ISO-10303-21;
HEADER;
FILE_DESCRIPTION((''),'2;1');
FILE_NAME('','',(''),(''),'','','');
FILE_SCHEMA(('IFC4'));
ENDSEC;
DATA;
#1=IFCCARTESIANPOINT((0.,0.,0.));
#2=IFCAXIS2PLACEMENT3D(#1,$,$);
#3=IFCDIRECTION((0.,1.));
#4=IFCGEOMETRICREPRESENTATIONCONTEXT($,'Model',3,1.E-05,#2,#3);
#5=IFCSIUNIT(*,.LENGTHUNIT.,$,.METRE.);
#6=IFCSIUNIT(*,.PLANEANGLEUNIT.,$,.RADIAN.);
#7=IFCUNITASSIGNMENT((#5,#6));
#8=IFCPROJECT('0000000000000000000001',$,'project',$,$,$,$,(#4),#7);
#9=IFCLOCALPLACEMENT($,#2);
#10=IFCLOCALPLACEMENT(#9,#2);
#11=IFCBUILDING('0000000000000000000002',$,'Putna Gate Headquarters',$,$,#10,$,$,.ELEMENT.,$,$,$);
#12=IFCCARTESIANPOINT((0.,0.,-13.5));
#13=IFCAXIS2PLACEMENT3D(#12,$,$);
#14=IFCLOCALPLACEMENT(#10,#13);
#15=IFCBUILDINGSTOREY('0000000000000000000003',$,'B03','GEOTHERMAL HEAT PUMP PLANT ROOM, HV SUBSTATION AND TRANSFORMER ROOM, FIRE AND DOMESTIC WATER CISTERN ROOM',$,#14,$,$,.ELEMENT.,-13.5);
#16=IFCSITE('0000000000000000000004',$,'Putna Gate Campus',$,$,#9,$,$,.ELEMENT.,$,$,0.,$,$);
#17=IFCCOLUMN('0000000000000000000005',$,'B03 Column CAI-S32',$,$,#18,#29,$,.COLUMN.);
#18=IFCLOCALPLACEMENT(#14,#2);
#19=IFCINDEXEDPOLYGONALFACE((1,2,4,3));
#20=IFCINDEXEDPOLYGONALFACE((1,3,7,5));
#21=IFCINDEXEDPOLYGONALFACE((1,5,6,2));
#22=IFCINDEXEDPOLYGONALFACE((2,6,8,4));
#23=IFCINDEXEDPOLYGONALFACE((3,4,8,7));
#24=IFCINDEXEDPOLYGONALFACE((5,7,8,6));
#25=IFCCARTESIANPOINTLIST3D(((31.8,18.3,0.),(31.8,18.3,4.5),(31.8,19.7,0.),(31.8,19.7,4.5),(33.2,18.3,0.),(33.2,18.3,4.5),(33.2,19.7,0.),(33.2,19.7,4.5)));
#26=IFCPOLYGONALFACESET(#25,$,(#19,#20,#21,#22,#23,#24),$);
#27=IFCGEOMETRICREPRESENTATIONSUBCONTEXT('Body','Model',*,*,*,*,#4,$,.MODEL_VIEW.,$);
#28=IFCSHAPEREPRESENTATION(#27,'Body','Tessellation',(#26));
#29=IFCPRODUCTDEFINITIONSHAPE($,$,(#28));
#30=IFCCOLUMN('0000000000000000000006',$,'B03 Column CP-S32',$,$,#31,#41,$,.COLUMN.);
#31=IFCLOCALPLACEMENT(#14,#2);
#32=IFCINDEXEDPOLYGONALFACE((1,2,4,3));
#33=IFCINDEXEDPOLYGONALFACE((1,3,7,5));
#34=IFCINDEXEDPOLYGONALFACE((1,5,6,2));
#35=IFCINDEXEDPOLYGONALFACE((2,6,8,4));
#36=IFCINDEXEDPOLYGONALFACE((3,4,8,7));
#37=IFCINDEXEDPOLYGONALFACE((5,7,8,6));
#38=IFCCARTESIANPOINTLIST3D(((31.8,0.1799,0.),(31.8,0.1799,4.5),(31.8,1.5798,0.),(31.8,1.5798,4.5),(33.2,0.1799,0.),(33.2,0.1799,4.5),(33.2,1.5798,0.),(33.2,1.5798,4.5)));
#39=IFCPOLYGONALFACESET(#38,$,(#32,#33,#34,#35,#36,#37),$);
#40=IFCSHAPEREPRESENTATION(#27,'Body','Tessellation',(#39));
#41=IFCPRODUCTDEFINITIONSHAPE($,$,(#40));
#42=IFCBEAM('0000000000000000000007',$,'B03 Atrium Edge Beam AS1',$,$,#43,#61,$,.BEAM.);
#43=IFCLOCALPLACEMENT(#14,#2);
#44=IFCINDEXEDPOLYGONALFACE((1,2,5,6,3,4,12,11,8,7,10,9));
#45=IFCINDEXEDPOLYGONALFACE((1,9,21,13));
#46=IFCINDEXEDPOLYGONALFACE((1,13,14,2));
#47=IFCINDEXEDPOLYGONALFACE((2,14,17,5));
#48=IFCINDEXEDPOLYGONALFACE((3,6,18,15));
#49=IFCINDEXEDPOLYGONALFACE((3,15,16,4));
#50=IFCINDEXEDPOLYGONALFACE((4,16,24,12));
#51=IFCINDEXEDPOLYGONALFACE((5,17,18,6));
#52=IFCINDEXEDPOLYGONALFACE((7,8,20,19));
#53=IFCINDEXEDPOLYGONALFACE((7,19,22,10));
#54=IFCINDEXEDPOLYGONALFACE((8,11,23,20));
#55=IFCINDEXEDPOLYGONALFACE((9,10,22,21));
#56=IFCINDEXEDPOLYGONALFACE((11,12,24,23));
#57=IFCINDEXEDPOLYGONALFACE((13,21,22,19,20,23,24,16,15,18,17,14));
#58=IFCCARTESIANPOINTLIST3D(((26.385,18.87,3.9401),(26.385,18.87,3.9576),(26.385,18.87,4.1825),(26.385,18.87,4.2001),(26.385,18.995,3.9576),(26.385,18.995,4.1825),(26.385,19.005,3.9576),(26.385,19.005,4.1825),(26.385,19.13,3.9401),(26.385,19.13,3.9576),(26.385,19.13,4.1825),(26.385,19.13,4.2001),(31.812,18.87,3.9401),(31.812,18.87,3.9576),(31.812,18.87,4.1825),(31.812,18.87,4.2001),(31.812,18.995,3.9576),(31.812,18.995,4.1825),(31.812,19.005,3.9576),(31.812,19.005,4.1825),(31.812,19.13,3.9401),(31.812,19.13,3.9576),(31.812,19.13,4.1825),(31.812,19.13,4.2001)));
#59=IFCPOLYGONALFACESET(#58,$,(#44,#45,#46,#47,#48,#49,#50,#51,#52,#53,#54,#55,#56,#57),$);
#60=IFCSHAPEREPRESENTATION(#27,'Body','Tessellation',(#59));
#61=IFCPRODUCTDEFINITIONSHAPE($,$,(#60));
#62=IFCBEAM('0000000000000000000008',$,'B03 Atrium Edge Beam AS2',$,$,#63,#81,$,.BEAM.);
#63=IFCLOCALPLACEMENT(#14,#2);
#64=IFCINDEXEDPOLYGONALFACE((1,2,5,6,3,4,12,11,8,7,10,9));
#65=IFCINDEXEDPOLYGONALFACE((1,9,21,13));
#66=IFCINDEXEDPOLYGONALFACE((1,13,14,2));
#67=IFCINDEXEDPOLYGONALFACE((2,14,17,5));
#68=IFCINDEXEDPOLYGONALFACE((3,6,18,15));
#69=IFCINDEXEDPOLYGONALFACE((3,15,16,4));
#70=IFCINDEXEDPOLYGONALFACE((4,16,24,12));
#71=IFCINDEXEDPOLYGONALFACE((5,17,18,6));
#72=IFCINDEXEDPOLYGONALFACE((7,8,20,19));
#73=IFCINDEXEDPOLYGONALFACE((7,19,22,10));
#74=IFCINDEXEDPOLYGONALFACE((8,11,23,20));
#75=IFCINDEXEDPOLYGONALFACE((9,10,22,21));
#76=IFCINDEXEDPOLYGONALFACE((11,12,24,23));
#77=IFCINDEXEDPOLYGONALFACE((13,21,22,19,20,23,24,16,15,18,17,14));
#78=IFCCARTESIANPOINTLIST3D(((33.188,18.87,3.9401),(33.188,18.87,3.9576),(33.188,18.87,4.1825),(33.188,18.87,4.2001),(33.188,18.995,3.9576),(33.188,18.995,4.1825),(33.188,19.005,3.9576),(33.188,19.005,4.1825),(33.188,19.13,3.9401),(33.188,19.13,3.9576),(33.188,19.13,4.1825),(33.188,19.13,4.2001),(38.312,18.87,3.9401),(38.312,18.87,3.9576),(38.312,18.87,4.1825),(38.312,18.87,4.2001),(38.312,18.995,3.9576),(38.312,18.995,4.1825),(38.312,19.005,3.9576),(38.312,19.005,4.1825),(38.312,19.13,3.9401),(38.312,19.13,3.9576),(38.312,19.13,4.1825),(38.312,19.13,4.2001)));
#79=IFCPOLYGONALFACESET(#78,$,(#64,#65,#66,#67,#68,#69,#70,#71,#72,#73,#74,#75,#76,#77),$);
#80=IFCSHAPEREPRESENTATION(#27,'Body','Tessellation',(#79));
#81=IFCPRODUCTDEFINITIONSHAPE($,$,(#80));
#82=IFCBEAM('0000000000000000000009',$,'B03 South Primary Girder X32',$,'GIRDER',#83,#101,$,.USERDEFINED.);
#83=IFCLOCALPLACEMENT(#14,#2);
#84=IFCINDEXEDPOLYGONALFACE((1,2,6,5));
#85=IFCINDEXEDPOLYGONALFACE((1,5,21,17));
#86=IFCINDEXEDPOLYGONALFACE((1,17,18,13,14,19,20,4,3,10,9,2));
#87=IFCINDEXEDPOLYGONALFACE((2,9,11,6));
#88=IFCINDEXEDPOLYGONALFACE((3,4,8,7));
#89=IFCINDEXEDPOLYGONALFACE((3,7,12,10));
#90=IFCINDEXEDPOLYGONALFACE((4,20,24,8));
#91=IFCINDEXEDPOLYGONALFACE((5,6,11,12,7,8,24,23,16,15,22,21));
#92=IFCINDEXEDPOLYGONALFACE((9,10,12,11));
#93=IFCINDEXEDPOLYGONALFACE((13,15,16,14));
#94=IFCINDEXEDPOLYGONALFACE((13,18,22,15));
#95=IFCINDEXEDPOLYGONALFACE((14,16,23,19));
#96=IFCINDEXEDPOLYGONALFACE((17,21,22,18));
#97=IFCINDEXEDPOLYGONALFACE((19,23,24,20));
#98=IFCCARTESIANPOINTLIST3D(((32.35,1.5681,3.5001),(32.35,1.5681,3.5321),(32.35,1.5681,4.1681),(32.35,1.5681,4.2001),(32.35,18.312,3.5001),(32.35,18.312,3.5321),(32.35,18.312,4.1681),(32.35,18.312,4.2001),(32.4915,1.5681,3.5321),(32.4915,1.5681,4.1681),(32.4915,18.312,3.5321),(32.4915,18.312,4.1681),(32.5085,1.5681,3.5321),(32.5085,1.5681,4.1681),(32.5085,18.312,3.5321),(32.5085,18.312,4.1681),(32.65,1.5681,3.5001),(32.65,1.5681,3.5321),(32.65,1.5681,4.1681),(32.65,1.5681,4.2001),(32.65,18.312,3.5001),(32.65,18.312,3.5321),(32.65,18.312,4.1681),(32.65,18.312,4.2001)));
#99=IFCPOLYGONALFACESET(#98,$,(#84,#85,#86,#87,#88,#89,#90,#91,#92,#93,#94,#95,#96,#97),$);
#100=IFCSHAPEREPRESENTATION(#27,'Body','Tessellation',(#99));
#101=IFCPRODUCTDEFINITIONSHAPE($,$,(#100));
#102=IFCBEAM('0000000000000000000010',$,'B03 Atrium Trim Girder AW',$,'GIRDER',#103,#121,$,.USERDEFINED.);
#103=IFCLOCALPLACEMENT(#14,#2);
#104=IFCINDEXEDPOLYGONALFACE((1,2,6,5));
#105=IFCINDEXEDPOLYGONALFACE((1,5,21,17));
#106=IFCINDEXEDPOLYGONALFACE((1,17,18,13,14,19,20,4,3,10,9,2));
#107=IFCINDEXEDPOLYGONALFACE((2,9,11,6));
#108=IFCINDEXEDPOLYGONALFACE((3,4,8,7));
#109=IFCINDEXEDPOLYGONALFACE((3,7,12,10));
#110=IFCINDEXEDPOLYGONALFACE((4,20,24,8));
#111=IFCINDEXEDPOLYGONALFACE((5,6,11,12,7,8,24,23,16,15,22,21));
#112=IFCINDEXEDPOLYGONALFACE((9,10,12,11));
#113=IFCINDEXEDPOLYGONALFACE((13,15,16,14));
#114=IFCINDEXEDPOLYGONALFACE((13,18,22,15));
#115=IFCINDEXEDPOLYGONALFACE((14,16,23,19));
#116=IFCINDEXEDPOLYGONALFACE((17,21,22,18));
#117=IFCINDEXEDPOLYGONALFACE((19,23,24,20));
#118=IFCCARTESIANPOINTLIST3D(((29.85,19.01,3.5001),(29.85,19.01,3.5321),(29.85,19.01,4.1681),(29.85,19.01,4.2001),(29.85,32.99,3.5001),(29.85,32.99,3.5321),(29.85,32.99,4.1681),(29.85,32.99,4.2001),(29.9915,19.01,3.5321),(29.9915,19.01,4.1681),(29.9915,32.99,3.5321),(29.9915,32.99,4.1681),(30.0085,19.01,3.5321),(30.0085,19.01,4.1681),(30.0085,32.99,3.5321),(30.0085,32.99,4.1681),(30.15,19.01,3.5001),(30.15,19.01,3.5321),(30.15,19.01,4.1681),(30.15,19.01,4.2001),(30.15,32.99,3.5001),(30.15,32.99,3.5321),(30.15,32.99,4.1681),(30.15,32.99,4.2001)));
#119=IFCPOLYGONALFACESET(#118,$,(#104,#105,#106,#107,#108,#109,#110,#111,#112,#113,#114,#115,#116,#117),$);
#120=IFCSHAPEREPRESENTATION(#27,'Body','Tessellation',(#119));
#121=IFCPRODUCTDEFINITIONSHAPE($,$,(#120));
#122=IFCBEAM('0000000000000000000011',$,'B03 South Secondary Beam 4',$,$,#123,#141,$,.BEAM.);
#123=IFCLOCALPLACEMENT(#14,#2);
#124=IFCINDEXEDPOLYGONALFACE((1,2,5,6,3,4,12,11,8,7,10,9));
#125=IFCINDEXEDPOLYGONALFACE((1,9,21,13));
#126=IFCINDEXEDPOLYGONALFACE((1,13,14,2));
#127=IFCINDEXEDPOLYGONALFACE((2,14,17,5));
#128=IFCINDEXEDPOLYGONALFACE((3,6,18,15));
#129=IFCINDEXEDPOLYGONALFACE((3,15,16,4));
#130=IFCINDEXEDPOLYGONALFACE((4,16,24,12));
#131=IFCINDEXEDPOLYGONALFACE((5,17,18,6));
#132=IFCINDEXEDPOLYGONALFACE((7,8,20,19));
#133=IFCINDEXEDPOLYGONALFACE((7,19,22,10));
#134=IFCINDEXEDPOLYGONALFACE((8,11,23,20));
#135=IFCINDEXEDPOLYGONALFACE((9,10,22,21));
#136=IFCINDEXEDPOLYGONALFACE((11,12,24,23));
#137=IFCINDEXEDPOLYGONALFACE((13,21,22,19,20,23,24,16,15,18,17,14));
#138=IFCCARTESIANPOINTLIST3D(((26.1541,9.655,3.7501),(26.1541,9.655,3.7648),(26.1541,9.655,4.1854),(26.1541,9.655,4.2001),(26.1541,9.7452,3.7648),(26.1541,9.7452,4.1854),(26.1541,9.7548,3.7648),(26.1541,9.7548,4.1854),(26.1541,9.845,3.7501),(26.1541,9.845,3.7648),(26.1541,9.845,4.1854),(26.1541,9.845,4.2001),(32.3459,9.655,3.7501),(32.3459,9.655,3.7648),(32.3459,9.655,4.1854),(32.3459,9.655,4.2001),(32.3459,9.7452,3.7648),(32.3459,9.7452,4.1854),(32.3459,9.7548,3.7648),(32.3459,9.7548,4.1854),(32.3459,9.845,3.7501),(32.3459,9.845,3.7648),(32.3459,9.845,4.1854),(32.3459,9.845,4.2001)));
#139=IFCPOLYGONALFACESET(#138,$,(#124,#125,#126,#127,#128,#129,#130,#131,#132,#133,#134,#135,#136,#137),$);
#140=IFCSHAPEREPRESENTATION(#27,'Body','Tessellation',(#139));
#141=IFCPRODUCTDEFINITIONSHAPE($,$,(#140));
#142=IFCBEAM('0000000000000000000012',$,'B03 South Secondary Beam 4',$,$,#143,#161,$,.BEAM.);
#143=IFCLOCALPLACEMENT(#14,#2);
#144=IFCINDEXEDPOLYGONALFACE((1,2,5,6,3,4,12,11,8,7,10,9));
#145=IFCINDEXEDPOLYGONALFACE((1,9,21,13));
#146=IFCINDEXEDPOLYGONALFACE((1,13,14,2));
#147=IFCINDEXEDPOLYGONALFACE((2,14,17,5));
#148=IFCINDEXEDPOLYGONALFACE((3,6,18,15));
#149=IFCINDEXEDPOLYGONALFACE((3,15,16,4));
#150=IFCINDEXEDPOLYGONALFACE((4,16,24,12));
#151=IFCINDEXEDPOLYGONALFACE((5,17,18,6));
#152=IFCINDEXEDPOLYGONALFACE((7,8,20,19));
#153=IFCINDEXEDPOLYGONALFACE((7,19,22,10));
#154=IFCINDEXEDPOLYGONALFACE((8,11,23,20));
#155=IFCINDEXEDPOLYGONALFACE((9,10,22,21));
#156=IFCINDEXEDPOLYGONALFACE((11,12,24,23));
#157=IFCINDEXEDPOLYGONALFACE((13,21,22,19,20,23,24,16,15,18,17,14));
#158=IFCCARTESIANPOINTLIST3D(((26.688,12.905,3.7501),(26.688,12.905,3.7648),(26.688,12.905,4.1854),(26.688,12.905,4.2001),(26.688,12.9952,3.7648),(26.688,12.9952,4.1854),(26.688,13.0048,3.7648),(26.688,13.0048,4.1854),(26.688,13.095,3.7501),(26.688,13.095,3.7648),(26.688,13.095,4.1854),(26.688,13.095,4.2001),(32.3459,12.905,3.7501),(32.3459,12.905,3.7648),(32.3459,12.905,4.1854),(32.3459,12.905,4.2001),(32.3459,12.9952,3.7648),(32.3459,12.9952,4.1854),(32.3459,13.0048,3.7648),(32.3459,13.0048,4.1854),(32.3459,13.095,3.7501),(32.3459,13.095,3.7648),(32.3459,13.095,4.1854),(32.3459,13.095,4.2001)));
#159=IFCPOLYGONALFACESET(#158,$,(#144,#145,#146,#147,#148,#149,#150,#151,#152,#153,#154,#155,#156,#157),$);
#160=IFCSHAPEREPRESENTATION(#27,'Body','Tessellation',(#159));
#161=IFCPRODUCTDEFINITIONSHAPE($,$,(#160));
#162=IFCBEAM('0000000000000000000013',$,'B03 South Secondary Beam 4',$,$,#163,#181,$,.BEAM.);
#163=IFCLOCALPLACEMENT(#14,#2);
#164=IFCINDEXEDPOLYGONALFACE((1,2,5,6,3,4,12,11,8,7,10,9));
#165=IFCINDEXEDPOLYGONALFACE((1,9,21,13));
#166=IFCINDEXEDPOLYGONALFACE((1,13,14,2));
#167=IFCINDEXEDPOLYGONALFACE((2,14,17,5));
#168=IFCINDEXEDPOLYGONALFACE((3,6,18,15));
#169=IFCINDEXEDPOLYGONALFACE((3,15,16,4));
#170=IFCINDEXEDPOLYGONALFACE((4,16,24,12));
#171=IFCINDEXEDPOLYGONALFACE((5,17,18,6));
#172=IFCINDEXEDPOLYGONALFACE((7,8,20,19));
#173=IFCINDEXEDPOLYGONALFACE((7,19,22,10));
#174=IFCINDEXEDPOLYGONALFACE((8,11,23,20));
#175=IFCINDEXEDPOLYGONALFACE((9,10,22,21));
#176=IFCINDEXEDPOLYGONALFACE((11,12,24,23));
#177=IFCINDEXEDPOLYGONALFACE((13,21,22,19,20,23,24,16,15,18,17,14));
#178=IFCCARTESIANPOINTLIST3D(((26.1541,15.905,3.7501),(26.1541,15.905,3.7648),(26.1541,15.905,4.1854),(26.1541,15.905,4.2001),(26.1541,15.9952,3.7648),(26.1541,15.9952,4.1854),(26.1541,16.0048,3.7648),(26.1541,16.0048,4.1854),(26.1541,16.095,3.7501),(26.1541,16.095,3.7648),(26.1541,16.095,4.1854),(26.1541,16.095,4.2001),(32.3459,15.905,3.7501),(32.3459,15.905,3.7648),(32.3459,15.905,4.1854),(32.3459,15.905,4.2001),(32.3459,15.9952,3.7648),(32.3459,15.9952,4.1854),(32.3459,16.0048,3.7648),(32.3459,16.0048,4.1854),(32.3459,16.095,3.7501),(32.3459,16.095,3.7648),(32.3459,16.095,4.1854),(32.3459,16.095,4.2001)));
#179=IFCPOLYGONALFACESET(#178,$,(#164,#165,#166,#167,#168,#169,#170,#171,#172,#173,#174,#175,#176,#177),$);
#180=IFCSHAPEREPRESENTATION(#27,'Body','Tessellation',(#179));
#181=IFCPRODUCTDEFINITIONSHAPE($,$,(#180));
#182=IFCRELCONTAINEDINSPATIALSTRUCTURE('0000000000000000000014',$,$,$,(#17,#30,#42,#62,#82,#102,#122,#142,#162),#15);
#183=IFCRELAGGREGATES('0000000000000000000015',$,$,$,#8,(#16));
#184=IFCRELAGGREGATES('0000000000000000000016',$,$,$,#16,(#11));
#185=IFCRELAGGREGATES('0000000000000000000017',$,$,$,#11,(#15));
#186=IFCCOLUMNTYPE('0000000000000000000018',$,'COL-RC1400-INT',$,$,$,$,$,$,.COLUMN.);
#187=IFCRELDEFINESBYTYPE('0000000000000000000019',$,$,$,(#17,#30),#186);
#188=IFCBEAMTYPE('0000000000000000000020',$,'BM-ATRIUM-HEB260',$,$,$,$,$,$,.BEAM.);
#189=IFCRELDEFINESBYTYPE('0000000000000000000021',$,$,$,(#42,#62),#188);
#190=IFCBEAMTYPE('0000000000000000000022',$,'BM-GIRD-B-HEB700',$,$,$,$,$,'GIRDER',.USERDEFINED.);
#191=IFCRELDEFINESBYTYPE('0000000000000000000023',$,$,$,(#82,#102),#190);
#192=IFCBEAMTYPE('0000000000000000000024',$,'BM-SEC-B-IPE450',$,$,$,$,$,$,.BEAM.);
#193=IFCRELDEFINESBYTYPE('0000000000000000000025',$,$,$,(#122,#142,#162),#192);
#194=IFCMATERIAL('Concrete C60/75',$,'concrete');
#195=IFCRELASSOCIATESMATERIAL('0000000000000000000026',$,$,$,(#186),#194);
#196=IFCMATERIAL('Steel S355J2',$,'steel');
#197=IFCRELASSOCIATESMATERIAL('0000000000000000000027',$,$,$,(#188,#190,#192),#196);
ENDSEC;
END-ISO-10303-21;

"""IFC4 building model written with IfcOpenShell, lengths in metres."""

from ifc_helpers import new_model, si_unit, direction, frame, origin, origin_2d, place, context, subcontext, project, spatial, rectangle, i_section, extrude, material, material_profile, profile_set, type_object, element, save


model = new_model("IFC4")

# Units and contexts
model_context = context("Model", 3, precision=1e-05, world=origin(), true_north=direction((0.0, 1.0)))
body_context = subcontext(model_context, "Body", "Model", "MODEL_VIEW")
ifc_project = project(units=[si_unit("LENGTHUNIT", "METRE"), si_unit("PLANEANGLEUNIT", "RADIAN")], contexts=[model_context])

# Site, building, storey
site_placement = place(None, origin())
site = spatial("IfcSite", under=ifc_project, at=site_placement, Name="Putna Gate Campus", CompositionType="ELEMENT", RefElevation=0.0)
building_placement = place(site_placement, origin())
building = spatial("IfcBuilding", under=site, at=building_placement, Name="Putna Gate Headquarters", CompositionType="ELEMENT")
storey_placement = place(building_placement, frame((0.0, 0.0, -13.5)))
storey = spatial("IfcBuildingStorey", under=building, at=storey_placement, Name="B03", Description="GEOTHERMAL HEAT PUMP PLANT ROOM, HV SUBSTATION AND TRANSFORMER ROOM, FIRE AND DOMESTIC WATER CISTERN ROOM", CompositionType="ELEMENT", Elevation=-13.5)

# Columns
ifc_material_1 = material(Name="Concrete C60/75", Category="concrete")
ifc_material_profile_1 = material_profile(ifc_material_1, rectangle(XDim=1.3999, YDim=1.3999, at=origin_2d()), Name="Concrete C60/75")
ifc_profile_set_1 = profile_set([ifc_material_profile_1], Name="Concrete C60/75")
column_type = type_object("IfcColumnType", Name="COL-RC1400-INT", PredefinedType="COLUMN", material=ifc_profile_set_1)
for number, where, z_axis, x_axis, name in (
    (1, (32.5, 19.0, 0.0), (0.0, 0.0, 1.0), (1.0, 0.0, 0.0), "B03 Column CAI-S32"),
    (2, (32.5, 0.8799, 0.0), (0.0, 0.0, 1.0), (1.0, 0.0, 0.0), "B03 Column CP-S32"),
):
    element("IfcColumn", number, at=place(storey_placement, frame(where, z_axis=z_axis, x_axis=x_axis)), inside=storey, type_object=column_type, Name=name, PredefinedType="COLUMN", context=body_context, shape_type="SweptSolid", body=[
        extrude(rectangle(XDim=1.3999, YDim=1.3999, at=origin_2d()), origin(), (0.0, 0.0, 1.0), 4.5),
    ])

# Beams
ifc_material_2 = material(Name="Steel S355J2", Category="steel")
ifc_material_profile_2 = material_profile(ifc_material_2, i_section(OverallWidth=0.26, OverallDepth=0.26, WebThickness=0.01, FlangeThickness=0.0176, at=origin_2d()), Name="Steel S355J2")
ifc_profile_set_2 = profile_set([ifc_material_profile_2], Name="Steel S355J2")
beam_type_1 = type_object("IfcBeamType", Name="BM-ATRIUM-HEB260", PredefinedType="BEAM", material=ifc_profile_set_2)
beam_1_placement = place(storey_placement, frame((26.385, 19.0, 4.0701), z_axis=(1.0, 0.0, 0.0), x_axis=(0.0, 1.0, 0.0)))
element("IfcBeam", 3, at=beam_1_placement, inside=storey, type_object=beam_type_1, Name="B03 Atrium Edge Beam AS1", PredefinedType="BEAM", context=body_context, shape_type="SweptSolid", body=[
    extrude(i_section(OverallWidth=0.26, OverallDepth=0.26, WebThickness=0.01, FlangeThickness=0.0176, at=origin_2d()), origin(), (0.0, 0.0, 1.0), 5.427),
])
beam_2_placement = place(storey_placement, frame((33.188, 19.0, 4.0701), z_axis=(1.0, 0.0, 0.0), x_axis=(0.0, 1.0, 0.0)))
element("IfcBeam", 4, at=beam_2_placement, inside=storey, type_object=beam_type_1, Name="B03 Atrium Edge Beam AS2", PredefinedType="BEAM", context=body_context, shape_type="SweptSolid", body=[
    extrude(i_section(OverallWidth=0.26, OverallDepth=0.26, WebThickness=0.01, FlangeThickness=0.0176, at=origin_2d()), origin(), (0.0, 0.0, 1.0), 5.124),
])
ifc_material_profile_3 = material_profile(ifc_material_2, i_section(OverallWidth=0.3, OverallDepth=0.7, WebThickness=0.0171, FlangeThickness=0.032, at=origin_2d()), Name="Steel S355J2")
ifc_profile_set_3 = profile_set([ifc_material_profile_3], Name="Steel S355J2")
beam_type_2 = type_object("IfcBeamType", Name="BM-GIRD-B-HEB700", ElementType="GIRDER", PredefinedType="USERDEFINED", material=ifc_profile_set_3)
beam_3_placement = place(storey_placement, frame((32.5, 1.5681, 3.8501), z_axis=(0.0, 1.0, 0.0), x_axis=(-1.0, 0.0, 0.0)))
element("IfcBeam", 5, at=beam_3_placement, inside=storey, type_object=beam_type_2, Name="B03 South Primary Girder X32", ObjectType="GIRDER", PredefinedType="USERDEFINED", context=body_context, shape_type="SweptSolid", body=[
    extrude(i_section(OverallWidth=0.3, OverallDepth=0.7, WebThickness=0.0171, FlangeThickness=0.032, at=origin_2d()), origin(), (0.0, 0.0, 1.0), 16.7439),
])
beam_4_placement = place(storey_placement, frame((30.0, 19.01, 3.8501), z_axis=(0.0, 1.0, 0.0), x_axis=(-1.0, 0.0, 0.0)))
element("IfcBeam", 6, at=beam_4_placement, inside=storey, type_object=beam_type_2, Name="B03 Atrium Trim Girder AW", ObjectType="GIRDER", PredefinedType="USERDEFINED", context=body_context, shape_type="SweptSolid", body=[
    extrude(i_section(OverallWidth=0.3, OverallDepth=0.7, WebThickness=0.0171, FlangeThickness=0.032, at=origin_2d()), origin(), (0.0, 0.0, 1.0), 13.98),
])
ifc_material_profile_4 = material_profile(ifc_material_2, i_section(OverallWidth=0.1899, OverallDepth=0.45, WebThickness=0.0095, FlangeThickness=0.0146, at=origin_2d()), Name="Steel S355J2")
ifc_profile_set_4 = profile_set([ifc_material_profile_4], Name="Steel S355J2")
beam_type_3 = type_object("IfcBeamType", Name="BM-SEC-B-IPE450", PredefinedType="BEAM", material=ifc_profile_set_4)
beam_5_placement = place(storey_placement, frame((26.1541, 9.75, 3.9751), z_axis=(1.0, 0.0, 0.0), x_axis=(0.0, 1.0, 0.0)))
element("IfcBeam", 7, at=beam_5_placement, inside=storey, type_object=beam_type_3, Name="B03 South Secondary Beam 4", PredefinedType="BEAM", context=body_context, shape_type="SweptSolid", body=[
    extrude(i_section(OverallWidth=0.1899, OverallDepth=0.45, WebThickness=0.0095, FlangeThickness=0.0146, at=origin_2d()), origin(), (0.0, 0.0, 1.0), 6.1919),
])
beam_6_placement = place(storey_placement, frame((26.688, 13.0, 3.9751), z_axis=(1.0, 0.0, 0.0), x_axis=(0.0, 1.0, 0.0)))
element("IfcBeam", 8, at=beam_6_placement, inside=storey, type_object=beam_type_3, Name="B03 South Secondary Beam 4", PredefinedType="BEAM", context=body_context, shape_type="SweptSolid", body=[
    extrude(i_section(OverallWidth=0.1899, OverallDepth=0.45, WebThickness=0.0095, FlangeThickness=0.0146, at=origin_2d()), origin(), (0.0, 0.0, 1.0), 5.658),
])
for number, where, z_axis, x_axis, name in (
    (9, (26.1541, 16.0, 3.9751), (1.0, 0.0, 0.0), (0.0, 1.0, 0.0), "B03 South Secondary Beam 4"),
):
    element("IfcBeam", number, at=place(storey_placement, frame(where, z_axis=z_axis, x_axis=x_axis)), inside=storey, type_object=beam_type_3, Name=name, PredefinedType="BEAM", context=body_context, shape_type="SweptSolid", body=[
        extrude(i_section(OverallWidth=0.1899, OverallDepth=0.45, WebThickness=0.0095, FlangeThickness=0.0146, at=origin_2d()), origin(), (0.0, 0.0, 1.0), 6.1919),
    ])

save(model, "model.ifc")
